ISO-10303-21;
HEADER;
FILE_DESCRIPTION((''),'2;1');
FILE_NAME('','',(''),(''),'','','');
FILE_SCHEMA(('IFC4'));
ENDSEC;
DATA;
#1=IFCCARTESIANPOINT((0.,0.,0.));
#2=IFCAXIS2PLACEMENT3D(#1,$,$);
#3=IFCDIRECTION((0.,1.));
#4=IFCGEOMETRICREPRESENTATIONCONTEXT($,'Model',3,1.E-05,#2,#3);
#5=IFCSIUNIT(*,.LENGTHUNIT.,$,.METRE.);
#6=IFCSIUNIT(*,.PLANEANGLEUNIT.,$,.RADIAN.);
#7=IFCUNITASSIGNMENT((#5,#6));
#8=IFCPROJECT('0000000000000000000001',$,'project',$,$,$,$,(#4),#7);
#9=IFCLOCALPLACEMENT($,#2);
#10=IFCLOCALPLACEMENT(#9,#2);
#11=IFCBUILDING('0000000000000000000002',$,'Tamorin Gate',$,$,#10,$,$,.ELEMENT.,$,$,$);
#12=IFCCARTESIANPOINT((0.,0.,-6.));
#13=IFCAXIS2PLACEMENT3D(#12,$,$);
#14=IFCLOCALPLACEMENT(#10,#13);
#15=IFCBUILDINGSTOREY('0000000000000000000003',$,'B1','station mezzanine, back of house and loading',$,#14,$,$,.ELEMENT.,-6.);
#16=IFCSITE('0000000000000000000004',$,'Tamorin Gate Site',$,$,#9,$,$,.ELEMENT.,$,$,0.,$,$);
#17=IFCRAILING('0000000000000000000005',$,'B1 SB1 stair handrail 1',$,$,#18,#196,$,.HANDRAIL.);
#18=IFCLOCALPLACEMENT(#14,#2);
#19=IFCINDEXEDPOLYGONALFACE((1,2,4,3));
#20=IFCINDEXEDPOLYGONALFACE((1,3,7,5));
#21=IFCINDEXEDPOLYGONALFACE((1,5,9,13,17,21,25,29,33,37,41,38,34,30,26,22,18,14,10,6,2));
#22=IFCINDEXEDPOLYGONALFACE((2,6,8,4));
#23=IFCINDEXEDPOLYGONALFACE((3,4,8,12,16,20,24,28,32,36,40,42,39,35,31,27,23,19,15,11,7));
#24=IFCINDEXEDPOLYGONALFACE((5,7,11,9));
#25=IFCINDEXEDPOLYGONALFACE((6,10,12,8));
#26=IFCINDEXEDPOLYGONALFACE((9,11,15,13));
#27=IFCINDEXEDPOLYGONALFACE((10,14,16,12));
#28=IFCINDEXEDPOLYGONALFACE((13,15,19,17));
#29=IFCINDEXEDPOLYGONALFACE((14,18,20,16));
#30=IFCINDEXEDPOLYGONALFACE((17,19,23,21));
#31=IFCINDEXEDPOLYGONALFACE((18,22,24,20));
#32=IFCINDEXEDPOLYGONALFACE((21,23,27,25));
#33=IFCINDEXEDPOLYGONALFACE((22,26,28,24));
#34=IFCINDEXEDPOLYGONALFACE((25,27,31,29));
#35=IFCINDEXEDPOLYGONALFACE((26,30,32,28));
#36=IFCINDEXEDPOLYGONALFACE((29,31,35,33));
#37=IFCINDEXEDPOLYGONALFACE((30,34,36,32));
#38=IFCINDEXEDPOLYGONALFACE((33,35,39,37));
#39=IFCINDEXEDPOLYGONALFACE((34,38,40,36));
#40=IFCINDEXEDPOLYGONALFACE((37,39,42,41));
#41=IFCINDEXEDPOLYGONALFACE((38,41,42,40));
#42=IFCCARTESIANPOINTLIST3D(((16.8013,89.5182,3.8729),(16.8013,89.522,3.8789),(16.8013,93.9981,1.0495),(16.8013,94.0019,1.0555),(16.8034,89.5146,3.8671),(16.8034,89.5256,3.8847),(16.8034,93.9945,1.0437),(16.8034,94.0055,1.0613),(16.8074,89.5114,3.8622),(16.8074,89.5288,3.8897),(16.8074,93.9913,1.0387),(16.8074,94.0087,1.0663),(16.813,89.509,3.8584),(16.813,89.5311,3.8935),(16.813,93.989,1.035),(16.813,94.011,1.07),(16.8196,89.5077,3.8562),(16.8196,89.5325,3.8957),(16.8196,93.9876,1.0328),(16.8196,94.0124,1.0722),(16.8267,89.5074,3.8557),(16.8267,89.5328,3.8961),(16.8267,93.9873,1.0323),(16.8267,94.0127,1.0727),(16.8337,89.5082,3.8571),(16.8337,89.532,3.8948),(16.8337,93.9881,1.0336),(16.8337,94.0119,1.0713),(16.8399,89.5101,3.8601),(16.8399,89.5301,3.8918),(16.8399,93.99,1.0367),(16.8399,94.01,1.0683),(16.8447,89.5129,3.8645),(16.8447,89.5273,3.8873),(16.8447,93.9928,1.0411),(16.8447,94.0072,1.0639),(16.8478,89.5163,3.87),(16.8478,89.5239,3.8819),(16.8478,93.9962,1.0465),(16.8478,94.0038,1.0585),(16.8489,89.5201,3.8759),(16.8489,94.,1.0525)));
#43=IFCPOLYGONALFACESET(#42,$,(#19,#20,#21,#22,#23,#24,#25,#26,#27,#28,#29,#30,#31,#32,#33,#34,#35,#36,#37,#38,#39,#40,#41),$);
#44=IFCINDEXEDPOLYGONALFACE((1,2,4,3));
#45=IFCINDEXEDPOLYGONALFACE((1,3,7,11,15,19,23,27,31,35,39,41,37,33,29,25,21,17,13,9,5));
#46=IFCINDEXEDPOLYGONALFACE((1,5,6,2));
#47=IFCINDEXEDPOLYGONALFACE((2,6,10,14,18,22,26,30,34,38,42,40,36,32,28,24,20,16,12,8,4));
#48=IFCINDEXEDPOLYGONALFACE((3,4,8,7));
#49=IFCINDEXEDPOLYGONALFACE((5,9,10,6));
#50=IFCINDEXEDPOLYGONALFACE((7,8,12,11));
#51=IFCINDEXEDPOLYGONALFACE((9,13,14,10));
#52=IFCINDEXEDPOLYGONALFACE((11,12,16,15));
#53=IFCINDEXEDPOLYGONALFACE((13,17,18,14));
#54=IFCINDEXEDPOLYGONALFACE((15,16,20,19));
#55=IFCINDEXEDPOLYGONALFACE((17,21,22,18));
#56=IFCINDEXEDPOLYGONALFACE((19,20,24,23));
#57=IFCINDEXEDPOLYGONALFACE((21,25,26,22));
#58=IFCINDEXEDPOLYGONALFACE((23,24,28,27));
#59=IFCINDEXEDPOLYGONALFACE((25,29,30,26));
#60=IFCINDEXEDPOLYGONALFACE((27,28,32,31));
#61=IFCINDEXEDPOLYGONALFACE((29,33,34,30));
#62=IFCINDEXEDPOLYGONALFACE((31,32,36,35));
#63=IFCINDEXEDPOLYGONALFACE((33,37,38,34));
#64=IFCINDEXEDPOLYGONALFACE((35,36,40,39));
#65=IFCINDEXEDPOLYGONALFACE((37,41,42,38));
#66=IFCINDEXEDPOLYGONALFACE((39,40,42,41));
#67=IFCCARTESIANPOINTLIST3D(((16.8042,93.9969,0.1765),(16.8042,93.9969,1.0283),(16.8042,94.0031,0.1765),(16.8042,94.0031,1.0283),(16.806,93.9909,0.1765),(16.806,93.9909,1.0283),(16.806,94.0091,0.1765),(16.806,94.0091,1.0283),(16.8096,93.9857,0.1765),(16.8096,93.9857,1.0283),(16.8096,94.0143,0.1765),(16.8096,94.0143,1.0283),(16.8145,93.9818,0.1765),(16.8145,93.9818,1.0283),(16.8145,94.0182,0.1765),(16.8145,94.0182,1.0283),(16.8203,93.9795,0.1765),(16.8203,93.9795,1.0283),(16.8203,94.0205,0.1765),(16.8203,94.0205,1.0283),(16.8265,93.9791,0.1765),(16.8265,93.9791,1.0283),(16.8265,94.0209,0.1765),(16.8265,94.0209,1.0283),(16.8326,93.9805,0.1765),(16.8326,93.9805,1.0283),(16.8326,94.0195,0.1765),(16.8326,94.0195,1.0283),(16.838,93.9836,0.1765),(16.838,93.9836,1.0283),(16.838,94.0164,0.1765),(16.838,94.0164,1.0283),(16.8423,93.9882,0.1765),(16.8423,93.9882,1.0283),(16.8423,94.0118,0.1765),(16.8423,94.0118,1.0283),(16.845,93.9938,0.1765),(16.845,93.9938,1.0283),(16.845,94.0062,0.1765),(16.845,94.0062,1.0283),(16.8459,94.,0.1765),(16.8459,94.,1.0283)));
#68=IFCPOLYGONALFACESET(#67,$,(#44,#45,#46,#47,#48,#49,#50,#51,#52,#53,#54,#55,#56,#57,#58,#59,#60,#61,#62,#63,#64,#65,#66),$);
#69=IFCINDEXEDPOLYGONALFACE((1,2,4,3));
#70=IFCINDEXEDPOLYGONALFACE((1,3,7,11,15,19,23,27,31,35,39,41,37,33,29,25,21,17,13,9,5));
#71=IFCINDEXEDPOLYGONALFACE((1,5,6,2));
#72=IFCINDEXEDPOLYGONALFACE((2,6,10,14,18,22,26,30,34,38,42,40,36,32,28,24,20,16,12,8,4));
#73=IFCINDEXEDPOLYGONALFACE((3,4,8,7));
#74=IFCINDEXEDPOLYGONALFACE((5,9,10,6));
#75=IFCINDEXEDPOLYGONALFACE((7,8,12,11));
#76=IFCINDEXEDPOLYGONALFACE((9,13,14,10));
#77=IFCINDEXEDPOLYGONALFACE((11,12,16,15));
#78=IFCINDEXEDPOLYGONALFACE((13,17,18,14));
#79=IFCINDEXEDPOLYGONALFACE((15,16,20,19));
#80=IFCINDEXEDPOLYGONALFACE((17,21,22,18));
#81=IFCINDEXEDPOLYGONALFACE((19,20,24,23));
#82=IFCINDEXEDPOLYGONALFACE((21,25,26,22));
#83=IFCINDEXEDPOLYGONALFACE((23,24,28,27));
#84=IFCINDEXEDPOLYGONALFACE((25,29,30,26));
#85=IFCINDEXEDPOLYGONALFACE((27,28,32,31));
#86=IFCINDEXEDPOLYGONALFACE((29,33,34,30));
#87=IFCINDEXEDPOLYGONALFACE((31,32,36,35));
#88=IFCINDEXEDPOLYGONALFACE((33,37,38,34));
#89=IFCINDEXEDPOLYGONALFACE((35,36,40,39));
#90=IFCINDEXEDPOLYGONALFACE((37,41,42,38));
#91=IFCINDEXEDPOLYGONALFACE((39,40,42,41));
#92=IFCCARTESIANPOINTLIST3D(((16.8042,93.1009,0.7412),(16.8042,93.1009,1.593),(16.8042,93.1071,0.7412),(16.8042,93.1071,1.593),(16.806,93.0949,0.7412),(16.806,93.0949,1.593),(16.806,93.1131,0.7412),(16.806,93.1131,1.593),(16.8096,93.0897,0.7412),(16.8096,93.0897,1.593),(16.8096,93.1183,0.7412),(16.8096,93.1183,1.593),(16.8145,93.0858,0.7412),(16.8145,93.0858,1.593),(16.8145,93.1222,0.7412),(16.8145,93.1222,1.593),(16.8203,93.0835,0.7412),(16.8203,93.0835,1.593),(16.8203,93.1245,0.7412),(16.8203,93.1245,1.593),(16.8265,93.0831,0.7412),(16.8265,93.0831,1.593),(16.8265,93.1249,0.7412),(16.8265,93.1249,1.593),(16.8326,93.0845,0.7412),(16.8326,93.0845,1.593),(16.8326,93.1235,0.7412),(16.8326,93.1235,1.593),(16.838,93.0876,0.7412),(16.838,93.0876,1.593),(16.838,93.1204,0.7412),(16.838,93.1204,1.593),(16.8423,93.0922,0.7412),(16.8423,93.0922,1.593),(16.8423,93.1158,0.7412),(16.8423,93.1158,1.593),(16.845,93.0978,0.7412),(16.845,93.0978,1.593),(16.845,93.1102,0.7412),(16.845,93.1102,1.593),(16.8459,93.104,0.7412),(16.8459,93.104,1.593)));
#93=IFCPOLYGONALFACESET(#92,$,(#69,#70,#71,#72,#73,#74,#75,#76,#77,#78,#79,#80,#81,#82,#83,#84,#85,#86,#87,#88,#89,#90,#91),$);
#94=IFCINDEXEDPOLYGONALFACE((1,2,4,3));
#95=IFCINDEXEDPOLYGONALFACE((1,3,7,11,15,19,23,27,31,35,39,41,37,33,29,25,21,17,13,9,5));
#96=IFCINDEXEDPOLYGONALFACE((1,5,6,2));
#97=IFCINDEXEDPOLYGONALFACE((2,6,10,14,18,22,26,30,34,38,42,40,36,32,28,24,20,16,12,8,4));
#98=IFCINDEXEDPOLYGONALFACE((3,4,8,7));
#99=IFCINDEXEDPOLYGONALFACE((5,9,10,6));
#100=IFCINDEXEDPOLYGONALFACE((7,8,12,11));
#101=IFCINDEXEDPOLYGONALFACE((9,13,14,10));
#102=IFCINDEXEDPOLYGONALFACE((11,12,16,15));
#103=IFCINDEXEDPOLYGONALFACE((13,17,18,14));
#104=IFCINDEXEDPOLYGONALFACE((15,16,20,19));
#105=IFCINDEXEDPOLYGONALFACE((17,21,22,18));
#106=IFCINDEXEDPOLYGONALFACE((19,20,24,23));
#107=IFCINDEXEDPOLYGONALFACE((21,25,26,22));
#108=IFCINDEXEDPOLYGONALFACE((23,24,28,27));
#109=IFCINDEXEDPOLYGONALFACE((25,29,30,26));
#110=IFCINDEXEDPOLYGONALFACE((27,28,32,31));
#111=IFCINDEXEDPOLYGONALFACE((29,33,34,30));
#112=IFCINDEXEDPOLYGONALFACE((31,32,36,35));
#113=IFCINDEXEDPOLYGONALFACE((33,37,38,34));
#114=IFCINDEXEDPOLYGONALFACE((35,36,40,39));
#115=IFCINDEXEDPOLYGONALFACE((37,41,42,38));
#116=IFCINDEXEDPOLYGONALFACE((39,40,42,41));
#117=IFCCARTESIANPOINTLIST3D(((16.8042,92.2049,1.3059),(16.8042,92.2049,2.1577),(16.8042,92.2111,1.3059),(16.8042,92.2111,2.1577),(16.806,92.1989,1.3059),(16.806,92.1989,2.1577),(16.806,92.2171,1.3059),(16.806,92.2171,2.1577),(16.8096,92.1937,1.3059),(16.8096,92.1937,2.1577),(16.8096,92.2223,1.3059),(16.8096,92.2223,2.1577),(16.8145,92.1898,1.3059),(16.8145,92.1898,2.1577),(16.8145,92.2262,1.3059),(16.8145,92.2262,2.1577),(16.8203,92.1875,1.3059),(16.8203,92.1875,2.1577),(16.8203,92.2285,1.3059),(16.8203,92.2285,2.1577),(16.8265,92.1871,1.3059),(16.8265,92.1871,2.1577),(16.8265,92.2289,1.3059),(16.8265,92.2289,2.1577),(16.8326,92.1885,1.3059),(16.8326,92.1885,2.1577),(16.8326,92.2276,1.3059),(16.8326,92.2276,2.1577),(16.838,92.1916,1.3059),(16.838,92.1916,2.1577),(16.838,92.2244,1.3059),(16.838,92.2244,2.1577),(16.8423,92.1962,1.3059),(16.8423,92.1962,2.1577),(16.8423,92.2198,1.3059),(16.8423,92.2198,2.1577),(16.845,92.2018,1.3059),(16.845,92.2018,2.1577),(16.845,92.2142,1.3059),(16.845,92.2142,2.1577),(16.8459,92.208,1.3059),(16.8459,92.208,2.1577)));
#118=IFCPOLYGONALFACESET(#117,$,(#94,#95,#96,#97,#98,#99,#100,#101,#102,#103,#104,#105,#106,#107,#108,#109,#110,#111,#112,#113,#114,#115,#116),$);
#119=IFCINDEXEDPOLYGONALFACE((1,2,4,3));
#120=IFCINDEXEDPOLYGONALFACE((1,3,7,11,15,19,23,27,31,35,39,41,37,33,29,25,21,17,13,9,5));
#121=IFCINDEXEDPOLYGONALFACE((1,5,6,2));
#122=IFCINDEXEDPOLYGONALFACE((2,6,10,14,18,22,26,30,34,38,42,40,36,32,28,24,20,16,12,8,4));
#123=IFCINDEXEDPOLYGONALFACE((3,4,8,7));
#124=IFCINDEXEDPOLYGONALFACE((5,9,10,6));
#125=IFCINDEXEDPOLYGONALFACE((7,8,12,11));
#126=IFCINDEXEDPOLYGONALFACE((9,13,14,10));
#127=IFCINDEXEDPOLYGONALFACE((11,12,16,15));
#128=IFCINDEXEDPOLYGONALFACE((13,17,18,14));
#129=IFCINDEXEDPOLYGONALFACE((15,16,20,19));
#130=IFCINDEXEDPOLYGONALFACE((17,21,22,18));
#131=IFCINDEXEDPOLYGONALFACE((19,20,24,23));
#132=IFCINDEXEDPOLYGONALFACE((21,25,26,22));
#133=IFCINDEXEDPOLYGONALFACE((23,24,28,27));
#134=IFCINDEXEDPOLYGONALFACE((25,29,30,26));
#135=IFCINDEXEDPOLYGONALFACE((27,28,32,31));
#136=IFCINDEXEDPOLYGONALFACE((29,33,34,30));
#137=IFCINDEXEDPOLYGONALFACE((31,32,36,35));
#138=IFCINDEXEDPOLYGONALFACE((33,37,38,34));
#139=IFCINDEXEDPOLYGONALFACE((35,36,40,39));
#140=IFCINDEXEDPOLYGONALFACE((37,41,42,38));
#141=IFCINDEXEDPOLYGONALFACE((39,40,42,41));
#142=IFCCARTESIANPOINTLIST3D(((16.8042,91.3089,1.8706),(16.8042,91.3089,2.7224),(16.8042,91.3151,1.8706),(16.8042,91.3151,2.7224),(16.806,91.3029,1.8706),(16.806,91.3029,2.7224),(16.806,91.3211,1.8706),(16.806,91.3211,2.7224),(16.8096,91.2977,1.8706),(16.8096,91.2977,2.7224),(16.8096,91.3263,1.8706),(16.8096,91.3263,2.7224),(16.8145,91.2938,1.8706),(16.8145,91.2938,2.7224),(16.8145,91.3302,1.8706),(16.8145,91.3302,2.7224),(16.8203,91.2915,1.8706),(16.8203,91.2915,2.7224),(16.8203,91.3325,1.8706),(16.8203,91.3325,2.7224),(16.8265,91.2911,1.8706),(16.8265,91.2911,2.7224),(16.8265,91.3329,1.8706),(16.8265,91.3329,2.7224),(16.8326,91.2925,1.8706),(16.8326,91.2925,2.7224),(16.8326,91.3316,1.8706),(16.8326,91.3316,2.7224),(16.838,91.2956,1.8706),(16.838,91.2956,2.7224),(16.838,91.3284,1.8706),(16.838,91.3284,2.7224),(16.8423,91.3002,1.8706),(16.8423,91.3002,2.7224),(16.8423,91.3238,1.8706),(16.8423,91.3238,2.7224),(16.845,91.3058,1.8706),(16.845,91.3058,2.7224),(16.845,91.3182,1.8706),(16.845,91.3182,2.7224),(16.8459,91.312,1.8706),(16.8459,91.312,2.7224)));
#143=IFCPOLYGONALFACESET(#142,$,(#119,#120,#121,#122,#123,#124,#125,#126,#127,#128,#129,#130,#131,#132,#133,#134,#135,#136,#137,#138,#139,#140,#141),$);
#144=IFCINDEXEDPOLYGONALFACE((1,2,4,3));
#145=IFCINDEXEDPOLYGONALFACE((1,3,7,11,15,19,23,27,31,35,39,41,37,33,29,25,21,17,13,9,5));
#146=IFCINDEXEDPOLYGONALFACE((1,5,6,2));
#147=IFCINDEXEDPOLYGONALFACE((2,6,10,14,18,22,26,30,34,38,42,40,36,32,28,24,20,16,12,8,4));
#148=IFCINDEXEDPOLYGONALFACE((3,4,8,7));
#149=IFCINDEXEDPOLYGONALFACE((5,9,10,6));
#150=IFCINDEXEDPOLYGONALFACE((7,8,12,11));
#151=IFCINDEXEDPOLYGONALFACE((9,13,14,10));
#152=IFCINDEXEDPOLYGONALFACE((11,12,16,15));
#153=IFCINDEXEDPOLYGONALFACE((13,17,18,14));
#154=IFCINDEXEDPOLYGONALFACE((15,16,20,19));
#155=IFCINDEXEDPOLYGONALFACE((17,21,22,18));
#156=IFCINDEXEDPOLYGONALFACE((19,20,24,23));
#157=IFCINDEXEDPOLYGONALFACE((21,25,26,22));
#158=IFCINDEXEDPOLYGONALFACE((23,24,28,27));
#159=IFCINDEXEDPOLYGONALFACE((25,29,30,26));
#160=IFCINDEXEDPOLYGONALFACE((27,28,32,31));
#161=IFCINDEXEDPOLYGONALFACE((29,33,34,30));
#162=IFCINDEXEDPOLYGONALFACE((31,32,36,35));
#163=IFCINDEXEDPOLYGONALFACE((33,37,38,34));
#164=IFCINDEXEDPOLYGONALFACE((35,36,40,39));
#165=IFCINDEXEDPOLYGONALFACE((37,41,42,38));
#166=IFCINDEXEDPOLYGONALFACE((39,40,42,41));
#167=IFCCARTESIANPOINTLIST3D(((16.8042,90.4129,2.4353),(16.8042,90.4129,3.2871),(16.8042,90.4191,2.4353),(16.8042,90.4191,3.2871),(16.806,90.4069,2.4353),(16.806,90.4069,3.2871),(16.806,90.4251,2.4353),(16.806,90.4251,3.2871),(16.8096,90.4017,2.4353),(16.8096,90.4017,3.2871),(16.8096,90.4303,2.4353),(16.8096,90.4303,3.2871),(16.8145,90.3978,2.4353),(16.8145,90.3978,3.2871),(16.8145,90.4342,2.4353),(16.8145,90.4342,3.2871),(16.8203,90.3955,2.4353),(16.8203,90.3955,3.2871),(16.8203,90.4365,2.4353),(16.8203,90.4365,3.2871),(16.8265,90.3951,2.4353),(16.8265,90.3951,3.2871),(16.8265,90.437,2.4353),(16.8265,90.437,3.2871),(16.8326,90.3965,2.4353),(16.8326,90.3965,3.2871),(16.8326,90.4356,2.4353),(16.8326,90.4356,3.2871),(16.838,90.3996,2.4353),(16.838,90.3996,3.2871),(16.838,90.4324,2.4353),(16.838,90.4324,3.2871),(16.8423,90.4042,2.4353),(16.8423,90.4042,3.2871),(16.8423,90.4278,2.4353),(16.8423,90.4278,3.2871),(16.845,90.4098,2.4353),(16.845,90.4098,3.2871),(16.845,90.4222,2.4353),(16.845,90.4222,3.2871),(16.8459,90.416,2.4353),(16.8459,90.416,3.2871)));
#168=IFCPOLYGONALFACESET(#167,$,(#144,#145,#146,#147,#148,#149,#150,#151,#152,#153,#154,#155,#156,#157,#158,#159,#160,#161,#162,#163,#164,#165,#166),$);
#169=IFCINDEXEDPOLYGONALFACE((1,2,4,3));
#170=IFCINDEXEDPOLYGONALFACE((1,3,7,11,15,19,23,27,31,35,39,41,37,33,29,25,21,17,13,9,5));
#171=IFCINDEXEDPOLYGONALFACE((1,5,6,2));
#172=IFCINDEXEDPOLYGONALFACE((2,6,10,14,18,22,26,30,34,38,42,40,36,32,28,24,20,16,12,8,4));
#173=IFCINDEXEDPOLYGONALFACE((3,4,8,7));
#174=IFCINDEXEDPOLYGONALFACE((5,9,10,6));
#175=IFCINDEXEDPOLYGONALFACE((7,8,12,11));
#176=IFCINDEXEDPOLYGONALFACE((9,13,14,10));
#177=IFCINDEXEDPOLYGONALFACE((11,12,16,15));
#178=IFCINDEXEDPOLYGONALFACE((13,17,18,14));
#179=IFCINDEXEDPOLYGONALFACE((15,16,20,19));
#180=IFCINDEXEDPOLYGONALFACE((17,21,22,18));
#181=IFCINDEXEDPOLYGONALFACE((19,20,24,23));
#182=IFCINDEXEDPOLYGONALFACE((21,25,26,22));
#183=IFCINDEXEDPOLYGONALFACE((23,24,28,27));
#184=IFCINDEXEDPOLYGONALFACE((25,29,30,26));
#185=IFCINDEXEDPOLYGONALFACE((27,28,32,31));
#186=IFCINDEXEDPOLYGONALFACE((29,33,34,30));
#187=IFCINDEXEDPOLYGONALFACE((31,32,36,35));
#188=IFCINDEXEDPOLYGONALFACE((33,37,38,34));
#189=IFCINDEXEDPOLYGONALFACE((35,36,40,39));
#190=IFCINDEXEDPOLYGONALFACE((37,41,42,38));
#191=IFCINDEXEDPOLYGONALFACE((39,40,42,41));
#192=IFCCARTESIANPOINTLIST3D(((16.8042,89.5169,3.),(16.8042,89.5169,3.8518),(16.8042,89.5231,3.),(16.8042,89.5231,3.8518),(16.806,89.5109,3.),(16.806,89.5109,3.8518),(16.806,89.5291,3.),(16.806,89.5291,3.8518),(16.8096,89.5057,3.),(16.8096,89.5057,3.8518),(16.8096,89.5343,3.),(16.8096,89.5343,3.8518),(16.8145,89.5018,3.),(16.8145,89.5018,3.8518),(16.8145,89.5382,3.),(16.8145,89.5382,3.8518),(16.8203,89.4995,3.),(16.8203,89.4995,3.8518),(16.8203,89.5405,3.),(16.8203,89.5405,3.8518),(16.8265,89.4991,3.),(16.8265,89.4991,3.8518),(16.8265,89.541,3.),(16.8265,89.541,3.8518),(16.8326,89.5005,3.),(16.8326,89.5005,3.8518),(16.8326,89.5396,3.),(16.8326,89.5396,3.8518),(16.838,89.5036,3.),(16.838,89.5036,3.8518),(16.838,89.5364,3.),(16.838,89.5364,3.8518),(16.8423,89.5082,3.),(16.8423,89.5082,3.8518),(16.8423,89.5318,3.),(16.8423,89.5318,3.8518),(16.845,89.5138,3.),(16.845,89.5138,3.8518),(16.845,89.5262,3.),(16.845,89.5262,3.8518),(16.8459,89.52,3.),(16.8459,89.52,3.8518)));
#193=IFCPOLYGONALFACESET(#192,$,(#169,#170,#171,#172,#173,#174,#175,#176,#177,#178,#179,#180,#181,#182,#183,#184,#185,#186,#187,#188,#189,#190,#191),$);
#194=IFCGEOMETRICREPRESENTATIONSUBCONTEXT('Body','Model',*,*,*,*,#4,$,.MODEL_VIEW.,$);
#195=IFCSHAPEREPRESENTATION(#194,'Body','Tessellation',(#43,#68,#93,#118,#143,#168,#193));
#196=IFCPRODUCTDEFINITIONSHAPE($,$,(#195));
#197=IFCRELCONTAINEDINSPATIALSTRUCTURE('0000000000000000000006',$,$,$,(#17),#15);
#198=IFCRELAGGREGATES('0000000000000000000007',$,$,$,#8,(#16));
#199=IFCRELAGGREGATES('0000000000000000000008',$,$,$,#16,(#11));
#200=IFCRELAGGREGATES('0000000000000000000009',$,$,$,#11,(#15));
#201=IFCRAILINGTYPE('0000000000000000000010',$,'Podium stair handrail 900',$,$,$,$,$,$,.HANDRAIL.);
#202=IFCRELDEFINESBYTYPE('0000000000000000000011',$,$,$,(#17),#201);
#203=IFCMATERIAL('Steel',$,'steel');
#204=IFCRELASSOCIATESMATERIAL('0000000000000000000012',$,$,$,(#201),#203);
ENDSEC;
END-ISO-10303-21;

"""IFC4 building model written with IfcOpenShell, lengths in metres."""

from ifc_helpers import new_model, si_unit, direction, frame, origin, origin_2d, place, context, subcontext, project, spatial, circle, extrude, material, type_object, element, save


model = new_model("IFC4")

# Units and contexts
model_context = context("Model", 3, precision=1e-05, world=origin(), true_north=direction((0.0, 1.0)))
body_context = subcontext(model_context, "Body", "Model", "MODEL_VIEW")
ifc_project = project(units=[si_unit("LENGTHUNIT", "METRE"), si_unit("PLANEANGLEUNIT", "RADIAN")], contexts=[model_context])

# Site, building, storey
site_placement = place(None, origin())
site = spatial("IfcSite", under=ifc_project, at=site_placement, Name="Tamorin Gate Site", CompositionType="ELEMENT", RefElevation=0.0)
building_placement = place(site_placement, origin())
building = spatial("IfcBuilding", under=site, at=building_placement, Name="Tamorin Gate", CompositionType="ELEMENT")
storey_placement = place(building_placement, frame((0.0, 0.0, -6.0)))
storey = spatial("IfcBuildingStorey", under=building, at=storey_placement, Name="B1", Description="station mezzanine, back of house and loading", CompositionType="ELEMENT", Elevation=-6.0)

# Railing
ifc_material_1 = material(Name="Steel", Category="steel")
railing_type_1 = type_object("IfcRailingType", Name="Podium stair handrail 900", PredefinedType="HANDRAIL", material=ifc_material_1)
railing_1_placement = place(storey_placement, frame((16.825, 94.0, 0.1765)))
element("IfcRailing", 1, at=railing_1_placement, inside=storey, type_object=railing_type_1, Name="B1 SB1 stair handrail 1", PredefinedType="HANDRAIL", context=body_context, shape_type="SweptSolid", body=[
    extrude(circle(Radius=0.0239, at=origin_2d()), frame((0.0, 0.0, 0.876), z_axis=(0.0, -0.845998, 0.533186), x_axis=(1.0, 0.0, 0.0)), (0.0, 0.0, 1.0), 5.2954),
    extrude(circle(Radius=0.021, at=origin_2d()), origin(), (0.0, 0.0, 1.0), 0.8518),
    extrude(circle(Radius=0.021, at=origin_2d()), frame((0.0, -0.896, 0.5647)), (0.0, 0.0, 1.0), 0.8518),
    extrude(circle(Radius=0.021, at=origin_2d()), frame((0.0, -1.792, 1.1294)), (0.0, 0.0, 1.0), 0.8518),
    extrude(circle(Radius=0.021, at=origin_2d()), frame((0.0, -2.688, 1.6941)), (0.0, 0.0, 1.0), 0.8518),
    extrude(circle(Radius=0.021, at=origin_2d()), frame((0.0, -3.584, 2.2588)), (0.0, 0.0, 1.0), 0.8518),
    extrude(circle(Radius=0.021, at=origin_2d()), frame((0.0, -4.48, 2.8235)), (0.0, 0.0, 1.0), 0.8518),
])

save(model, "model.ifc")
